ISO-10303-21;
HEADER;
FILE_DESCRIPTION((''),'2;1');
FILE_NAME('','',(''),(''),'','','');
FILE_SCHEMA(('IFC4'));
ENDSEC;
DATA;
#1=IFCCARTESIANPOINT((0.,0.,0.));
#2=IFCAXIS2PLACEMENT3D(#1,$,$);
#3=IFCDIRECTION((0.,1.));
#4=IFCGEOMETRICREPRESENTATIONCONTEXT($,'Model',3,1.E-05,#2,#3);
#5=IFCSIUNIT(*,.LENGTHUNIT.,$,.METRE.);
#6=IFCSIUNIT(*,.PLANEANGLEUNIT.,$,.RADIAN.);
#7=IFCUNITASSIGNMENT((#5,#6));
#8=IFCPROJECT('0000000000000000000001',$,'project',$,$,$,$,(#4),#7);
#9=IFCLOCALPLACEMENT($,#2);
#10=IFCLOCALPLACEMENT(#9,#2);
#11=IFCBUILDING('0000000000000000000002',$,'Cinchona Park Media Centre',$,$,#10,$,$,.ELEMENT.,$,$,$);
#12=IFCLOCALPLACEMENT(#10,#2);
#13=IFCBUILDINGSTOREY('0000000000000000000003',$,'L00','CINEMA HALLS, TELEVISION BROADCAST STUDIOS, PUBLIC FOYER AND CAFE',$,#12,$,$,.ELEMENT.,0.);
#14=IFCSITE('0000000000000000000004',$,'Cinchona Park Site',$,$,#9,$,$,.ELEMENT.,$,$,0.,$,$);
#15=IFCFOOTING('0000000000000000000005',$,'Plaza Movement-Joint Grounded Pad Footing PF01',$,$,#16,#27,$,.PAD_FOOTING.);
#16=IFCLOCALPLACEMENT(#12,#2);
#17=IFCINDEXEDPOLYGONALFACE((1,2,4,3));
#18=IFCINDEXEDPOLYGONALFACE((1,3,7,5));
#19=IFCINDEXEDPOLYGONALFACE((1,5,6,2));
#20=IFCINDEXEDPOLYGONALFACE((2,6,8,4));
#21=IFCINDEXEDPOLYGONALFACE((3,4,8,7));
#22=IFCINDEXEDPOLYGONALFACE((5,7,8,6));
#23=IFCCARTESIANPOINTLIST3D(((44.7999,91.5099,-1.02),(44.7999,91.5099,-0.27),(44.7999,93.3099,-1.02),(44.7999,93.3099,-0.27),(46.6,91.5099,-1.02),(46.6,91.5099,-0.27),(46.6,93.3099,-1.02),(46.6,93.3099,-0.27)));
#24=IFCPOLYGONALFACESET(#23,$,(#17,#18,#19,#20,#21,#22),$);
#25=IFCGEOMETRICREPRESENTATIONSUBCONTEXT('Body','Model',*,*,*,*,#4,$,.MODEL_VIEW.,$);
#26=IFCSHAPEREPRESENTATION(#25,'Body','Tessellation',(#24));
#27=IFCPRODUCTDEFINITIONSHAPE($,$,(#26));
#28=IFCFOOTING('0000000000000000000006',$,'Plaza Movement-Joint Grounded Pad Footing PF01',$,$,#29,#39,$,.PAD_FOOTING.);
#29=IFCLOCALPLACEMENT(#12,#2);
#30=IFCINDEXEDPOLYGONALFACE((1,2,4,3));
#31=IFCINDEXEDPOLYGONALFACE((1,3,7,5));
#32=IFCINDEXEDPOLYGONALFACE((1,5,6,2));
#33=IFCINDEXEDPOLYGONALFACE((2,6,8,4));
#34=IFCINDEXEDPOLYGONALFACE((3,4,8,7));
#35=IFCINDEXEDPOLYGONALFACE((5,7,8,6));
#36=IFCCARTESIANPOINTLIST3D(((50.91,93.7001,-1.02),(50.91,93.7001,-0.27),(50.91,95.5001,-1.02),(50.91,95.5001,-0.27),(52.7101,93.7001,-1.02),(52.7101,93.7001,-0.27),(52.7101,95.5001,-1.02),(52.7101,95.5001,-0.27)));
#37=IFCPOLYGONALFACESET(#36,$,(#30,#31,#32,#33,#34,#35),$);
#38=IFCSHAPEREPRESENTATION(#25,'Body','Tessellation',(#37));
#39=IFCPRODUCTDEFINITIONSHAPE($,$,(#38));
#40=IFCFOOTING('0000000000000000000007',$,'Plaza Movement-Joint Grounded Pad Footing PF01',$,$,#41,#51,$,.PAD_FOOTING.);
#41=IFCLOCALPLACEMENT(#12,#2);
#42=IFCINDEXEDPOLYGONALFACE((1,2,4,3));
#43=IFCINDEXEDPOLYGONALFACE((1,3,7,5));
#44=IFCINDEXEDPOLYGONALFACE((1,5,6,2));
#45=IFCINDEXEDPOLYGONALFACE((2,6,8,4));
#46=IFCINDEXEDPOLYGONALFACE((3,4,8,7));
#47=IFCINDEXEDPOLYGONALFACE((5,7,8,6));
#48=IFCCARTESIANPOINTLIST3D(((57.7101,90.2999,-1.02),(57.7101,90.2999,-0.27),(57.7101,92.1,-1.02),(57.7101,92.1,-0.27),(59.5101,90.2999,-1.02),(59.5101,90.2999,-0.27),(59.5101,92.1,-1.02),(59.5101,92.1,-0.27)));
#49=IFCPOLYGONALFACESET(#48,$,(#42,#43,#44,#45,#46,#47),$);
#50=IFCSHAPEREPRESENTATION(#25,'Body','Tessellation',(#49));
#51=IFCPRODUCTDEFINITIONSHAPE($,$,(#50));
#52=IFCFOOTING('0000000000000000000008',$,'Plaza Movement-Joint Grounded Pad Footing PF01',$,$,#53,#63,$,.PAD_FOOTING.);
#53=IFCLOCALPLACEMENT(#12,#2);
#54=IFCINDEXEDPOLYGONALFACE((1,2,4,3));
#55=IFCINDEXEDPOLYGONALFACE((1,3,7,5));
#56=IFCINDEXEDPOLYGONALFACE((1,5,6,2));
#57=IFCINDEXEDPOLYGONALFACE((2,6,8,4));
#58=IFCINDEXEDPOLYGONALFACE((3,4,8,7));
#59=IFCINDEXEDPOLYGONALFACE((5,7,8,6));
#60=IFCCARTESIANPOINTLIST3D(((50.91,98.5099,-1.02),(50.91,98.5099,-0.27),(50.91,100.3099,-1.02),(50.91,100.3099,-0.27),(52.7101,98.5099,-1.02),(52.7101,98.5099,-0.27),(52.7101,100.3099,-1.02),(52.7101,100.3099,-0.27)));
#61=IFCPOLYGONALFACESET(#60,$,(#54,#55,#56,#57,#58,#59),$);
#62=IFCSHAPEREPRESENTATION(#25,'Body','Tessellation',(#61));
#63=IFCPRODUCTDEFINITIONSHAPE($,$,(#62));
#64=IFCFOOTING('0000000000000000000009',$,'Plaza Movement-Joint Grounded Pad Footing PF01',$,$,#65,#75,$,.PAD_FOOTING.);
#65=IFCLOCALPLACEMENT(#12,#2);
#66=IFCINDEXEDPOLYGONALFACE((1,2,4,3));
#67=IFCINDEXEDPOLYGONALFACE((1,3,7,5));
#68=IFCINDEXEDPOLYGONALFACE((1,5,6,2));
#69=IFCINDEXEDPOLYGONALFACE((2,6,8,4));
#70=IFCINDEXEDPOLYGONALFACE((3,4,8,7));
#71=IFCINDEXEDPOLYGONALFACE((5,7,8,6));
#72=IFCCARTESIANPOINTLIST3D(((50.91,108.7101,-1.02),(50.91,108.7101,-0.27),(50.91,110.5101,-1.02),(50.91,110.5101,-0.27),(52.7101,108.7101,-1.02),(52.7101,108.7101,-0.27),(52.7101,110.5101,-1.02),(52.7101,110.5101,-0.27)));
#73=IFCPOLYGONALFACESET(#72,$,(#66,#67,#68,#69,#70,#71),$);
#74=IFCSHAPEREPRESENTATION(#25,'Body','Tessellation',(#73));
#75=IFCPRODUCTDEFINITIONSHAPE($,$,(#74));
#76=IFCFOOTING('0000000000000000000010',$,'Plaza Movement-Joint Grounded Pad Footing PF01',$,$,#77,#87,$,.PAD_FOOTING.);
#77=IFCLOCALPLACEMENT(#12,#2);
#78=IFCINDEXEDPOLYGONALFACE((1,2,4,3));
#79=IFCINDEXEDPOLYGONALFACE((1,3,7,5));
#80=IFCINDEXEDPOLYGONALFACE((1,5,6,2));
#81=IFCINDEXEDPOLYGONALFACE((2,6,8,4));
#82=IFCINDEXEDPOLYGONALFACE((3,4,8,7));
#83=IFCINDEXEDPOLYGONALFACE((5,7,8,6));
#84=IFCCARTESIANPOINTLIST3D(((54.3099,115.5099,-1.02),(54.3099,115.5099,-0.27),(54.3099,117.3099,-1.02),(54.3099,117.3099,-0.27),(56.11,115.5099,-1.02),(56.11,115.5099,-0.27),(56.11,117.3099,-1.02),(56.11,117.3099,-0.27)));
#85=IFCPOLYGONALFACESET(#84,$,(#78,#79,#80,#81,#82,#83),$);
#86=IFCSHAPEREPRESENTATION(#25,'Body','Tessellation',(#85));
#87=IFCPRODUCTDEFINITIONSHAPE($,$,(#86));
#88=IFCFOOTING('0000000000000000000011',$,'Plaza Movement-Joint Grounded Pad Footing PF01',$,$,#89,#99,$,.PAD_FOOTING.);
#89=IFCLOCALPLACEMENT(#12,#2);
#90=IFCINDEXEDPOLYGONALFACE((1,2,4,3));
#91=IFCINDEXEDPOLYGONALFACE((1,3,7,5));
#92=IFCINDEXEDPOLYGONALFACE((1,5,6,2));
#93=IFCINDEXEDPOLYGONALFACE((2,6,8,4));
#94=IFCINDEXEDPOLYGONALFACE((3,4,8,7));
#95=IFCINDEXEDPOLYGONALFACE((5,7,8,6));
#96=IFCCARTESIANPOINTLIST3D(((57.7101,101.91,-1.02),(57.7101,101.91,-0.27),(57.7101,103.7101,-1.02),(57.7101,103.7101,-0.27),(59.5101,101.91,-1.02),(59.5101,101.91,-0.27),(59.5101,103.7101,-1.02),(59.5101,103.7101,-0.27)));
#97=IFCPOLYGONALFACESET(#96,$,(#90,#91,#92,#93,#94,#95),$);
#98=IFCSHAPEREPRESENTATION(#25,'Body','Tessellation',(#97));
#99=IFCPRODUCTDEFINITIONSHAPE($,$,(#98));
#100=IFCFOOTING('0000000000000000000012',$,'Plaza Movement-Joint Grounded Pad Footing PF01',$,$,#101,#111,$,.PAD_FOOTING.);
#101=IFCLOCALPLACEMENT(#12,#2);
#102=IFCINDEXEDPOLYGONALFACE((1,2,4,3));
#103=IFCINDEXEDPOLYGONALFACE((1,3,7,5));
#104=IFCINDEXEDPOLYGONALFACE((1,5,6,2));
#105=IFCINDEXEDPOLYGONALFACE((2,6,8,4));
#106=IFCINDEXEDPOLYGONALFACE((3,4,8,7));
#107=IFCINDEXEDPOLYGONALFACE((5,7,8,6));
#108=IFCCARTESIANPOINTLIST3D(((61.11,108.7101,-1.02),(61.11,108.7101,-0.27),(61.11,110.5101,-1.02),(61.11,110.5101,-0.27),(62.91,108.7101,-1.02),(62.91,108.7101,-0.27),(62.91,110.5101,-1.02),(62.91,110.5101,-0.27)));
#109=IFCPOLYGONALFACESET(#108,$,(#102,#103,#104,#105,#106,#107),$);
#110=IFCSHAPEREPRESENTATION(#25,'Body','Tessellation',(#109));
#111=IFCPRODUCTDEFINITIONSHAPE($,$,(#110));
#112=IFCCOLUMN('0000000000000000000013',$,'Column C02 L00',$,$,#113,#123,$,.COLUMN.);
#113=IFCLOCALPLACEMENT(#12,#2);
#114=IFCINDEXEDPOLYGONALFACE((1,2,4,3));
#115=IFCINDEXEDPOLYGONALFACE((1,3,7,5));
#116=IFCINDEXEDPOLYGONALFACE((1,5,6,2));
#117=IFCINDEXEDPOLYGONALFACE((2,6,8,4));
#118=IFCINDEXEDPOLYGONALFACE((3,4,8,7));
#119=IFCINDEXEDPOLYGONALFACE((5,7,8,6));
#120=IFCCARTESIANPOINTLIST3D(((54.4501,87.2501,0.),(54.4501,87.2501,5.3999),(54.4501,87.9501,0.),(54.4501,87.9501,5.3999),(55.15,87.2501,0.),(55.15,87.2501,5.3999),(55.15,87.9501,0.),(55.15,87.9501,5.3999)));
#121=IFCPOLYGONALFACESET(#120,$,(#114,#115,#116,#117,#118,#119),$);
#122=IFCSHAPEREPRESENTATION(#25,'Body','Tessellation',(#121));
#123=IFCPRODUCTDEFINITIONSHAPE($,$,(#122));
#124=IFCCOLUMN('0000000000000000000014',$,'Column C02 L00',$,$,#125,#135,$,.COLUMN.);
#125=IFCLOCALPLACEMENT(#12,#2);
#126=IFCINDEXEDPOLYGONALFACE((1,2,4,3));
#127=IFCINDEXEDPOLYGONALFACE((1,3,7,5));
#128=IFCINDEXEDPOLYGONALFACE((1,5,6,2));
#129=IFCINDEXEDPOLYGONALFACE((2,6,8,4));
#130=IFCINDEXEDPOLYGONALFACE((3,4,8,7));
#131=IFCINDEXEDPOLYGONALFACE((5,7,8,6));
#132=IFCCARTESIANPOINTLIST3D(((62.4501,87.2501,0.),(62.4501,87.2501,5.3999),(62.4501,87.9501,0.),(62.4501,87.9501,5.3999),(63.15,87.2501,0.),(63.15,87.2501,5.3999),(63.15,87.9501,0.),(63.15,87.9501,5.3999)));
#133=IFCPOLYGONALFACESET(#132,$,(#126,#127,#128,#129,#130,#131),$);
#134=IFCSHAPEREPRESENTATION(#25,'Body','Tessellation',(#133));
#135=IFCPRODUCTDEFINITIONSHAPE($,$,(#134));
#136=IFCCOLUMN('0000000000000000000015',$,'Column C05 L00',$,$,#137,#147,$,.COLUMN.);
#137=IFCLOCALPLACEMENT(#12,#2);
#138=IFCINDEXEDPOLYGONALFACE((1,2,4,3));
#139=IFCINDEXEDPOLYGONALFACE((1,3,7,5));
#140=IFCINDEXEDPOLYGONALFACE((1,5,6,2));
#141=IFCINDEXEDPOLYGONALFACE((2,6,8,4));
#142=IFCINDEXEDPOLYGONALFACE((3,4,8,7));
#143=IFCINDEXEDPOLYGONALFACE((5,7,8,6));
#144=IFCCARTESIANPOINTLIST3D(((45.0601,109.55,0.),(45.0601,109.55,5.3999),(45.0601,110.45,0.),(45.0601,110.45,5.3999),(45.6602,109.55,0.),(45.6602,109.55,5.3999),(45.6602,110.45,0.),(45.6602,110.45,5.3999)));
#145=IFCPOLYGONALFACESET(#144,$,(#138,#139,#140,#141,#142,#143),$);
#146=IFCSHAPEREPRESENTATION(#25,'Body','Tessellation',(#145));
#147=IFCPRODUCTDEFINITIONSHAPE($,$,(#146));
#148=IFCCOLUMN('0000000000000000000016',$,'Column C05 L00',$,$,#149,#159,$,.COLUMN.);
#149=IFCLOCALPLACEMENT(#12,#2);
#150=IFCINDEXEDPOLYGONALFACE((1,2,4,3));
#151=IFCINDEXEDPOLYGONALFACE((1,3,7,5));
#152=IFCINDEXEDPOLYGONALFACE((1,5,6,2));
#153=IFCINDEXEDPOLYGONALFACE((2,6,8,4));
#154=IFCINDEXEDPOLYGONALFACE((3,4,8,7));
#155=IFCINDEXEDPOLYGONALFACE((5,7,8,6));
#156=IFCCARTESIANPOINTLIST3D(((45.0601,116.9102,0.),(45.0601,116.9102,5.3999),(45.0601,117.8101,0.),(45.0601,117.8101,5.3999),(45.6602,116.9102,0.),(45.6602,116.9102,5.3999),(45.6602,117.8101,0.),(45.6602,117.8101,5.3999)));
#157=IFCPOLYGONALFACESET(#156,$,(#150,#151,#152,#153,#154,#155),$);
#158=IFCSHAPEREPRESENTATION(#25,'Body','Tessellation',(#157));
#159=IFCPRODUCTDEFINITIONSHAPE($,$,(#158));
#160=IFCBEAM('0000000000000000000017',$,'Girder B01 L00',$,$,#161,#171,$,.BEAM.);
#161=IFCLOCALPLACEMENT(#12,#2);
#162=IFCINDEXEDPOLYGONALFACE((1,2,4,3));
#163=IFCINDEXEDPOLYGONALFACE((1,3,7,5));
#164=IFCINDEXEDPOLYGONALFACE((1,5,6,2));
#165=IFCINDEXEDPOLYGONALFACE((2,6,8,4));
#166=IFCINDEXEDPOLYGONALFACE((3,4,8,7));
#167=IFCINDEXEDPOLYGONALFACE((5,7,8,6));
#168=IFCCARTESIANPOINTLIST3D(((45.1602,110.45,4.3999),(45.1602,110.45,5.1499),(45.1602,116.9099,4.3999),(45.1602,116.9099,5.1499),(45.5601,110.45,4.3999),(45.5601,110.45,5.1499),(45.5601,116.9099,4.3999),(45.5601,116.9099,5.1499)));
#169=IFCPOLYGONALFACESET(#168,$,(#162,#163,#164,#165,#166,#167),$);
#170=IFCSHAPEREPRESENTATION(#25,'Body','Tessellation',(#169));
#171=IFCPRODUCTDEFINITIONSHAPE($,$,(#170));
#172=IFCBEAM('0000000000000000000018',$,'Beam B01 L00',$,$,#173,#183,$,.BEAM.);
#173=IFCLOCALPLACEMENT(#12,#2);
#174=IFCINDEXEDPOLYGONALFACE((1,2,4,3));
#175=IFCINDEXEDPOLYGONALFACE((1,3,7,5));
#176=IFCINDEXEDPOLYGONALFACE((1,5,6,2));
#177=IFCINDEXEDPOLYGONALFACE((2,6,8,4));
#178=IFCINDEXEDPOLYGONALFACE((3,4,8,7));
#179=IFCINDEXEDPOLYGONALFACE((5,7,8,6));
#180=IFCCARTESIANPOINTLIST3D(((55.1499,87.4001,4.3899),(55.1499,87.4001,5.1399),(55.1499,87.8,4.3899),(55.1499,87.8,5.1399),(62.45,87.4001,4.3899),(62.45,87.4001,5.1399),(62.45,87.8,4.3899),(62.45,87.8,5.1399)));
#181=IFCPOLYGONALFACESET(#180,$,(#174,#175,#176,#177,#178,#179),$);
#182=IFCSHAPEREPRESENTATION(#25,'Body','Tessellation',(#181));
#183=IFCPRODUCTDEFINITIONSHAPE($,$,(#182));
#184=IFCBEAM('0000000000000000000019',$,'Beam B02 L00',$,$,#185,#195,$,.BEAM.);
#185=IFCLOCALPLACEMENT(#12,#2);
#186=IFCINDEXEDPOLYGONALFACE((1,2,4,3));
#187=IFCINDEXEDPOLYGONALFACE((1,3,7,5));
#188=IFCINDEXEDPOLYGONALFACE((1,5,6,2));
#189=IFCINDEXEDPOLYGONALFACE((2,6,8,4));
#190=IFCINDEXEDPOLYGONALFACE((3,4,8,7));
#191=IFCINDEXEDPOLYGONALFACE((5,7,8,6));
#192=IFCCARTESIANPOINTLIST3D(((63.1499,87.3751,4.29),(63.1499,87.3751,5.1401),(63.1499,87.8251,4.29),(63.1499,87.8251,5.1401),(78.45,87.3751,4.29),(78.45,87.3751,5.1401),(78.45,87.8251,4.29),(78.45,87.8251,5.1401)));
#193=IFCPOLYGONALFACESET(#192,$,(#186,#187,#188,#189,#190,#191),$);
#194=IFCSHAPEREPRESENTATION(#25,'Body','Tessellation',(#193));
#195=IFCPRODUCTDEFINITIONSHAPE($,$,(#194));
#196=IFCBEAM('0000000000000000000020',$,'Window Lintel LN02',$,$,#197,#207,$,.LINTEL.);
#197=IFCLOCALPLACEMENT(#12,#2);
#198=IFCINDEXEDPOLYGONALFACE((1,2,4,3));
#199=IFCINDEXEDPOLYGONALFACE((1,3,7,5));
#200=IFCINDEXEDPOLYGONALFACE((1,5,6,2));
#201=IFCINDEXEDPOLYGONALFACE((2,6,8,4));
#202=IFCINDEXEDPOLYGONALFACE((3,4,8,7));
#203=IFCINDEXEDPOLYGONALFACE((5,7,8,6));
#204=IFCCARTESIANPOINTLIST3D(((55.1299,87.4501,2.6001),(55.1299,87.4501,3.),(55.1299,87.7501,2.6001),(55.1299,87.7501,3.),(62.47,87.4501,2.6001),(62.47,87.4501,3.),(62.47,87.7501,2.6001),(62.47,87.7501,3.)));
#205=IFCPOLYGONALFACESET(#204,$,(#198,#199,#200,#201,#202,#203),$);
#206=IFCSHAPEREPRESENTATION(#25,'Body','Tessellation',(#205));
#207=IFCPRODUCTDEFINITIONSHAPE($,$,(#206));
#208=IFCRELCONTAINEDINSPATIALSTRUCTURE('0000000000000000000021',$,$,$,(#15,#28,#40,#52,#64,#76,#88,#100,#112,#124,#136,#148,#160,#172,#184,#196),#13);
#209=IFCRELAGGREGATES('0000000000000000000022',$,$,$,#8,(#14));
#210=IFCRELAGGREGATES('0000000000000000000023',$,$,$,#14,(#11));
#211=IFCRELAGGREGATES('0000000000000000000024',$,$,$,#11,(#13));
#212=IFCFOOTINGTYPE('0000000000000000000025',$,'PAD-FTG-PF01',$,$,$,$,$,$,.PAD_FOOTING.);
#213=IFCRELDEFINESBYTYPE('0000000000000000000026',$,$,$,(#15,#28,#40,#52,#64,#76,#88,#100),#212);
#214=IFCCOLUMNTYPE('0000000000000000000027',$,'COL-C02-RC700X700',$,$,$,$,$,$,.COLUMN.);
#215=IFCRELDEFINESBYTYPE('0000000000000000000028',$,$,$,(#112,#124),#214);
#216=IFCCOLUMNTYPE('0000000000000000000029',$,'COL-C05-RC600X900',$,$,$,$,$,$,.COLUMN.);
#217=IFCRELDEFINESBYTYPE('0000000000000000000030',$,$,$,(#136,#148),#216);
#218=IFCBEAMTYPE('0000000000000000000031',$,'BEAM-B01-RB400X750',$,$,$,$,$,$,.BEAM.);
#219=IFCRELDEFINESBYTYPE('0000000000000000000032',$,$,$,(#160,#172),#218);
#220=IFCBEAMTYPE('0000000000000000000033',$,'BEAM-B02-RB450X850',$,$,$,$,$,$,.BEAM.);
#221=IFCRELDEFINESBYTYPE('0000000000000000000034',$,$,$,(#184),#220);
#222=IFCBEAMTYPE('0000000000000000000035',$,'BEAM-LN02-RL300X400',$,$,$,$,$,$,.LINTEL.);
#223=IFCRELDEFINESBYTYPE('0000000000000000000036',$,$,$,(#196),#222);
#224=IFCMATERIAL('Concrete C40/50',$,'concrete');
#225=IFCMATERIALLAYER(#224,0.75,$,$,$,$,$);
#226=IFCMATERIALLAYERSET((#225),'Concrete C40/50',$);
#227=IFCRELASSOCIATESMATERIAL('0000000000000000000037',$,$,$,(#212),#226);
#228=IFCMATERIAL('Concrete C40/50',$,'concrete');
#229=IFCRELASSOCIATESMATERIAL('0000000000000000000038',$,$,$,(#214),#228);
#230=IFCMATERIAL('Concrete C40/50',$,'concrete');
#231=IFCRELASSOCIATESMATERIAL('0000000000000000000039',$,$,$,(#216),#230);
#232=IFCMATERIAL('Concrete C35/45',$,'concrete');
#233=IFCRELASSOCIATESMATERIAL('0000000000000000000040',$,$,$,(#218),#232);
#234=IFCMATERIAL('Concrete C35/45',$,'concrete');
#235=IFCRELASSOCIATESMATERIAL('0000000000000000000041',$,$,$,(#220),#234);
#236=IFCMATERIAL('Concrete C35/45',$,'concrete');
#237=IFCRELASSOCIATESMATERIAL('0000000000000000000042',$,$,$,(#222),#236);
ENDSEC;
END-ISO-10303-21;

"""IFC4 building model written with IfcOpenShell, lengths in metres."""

from ifc_helpers import new_model, si_unit, direction, frame, origin, origin_2d, place, context, subcontext, project, spatial, rectangle, extrude, material, layer, layer_set, material_profile, profile_set, type_object, element, save


model = new_model("IFC4")

# Units and contexts
model_context = context("Model", 3, precision=1e-05, world=origin(), true_north=direction((0.0, 1.0)))
body_context = subcontext(model_context, "Body", "Model", "MODEL_VIEW")
ifc_project = project(units=[si_unit("LENGTHUNIT", "METRE"), si_unit("PLANEANGLEUNIT", "RADIAN")], contexts=[model_context])

# Site, building, storey
site_placement = place(None, origin())
site = spatial("IfcSite", under=ifc_project, at=site_placement, Name="Cinchona Park Site", CompositionType="ELEMENT", RefElevation=0.0)
building_placement = place(site_placement, origin())
building = spatial("IfcBuilding", under=site, at=building_placement, Name="Cinchona Park Media Centre", CompositionType="ELEMENT")
storey_placement = place(building_placement, origin())
storey = spatial("IfcBuildingStorey", under=building, at=storey_placement, Name="L00", Description="CINEMA HALLS, TELEVISION BROADCAST STUDIOS, PUBLIC FOYER AND CAFE", CompositionType="ELEMENT", Elevation=0.0)

# Footings
ifc_material_1 = material(Name="Concrete C40/50", Category="concrete")
ifc_layer_1 = layer(ifc_material_1, 0.75)
ifc_layer_set_1 = layer_set([ifc_layer_1], Name="Concrete C40/50")
footing_type = type_object("IfcFootingType", Name="PAD-FTG-PF01", PredefinedType="PAD_FOOTING", material=ifc_layer_set_1)
for number, where, z_axis, x_axis, name in (
    (1, (45.7, 92.4099, -1.02), (0.0, 0.0, 1.0), (1.0, 0.0, 0.0), "Plaza Movement-Joint Grounded Pad Footing PF01"),
    (2, (51.8101, 94.6001, -1.02), (0.0, 0.0, 1.0), (1.0, 0.0, 0.0), "Plaza Movement-Joint Grounded Pad Footing PF01"),
    (3, (58.6101, 91.2, -1.02), (0.0, 0.0, 1.0), (1.0, 0.0, 0.0), "Plaza Movement-Joint Grounded Pad Footing PF01"),
    (4, (51.8101, 99.4099, -1.02), (0.0, 0.0, 1.0), (1.0, 0.0, 0.0), "Plaza Movement-Joint Grounded Pad Footing PF01"),
    (5, (51.8101, 109.6101, -1.02), (0.0, 0.0, 1.0), (1.0, 0.0, 0.0), "Plaza Movement-Joint Grounded Pad Footing PF01"),
    (6, (55.21, 116.4099, -1.02), (0.0, 0.0, 1.0), (1.0, 0.0, 0.0), "Plaza Movement-Joint Grounded Pad Footing PF01"),
    (7, (58.6101, 102.8101, -1.02), (0.0, 0.0, 1.0), (1.0, 0.0, 0.0), "Plaza Movement-Joint Grounded Pad Footing PF01"),
    (8, (62.01, 109.6101, -1.02), (0.0, 0.0, 1.0), (1.0, 0.0, 0.0), "Plaza Movement-Joint Grounded Pad Footing PF01"),
):
    element("IfcFooting", number, at=place(storey_placement, frame(where, z_axis=z_axis, x_axis=x_axis)), inside=storey, type_object=footing_type, Name=name, PredefinedType="PAD_FOOTING", context=body_context, shape_type="SweptSolid", body=[
        extrude(rectangle(XDim=1.8, YDim=1.8, at=origin_2d()), origin(), (0.0, 0.0, 1.0), 0.75),
    ])

# Columns
ifc_material_2 = material(Name="Concrete C40/50", Category="concrete")
ifc_material_profile_1 = material_profile(ifc_material_2, rectangle(XDim=0.7, YDim=0.7, at=origin_2d()), Name="RC 700X700")
ifc_profile_set_1 = profile_set([ifc_material_profile_1], Name="Concrete C40/50")
column_type_1 = type_object("IfcColumnType", Name="COL-C02-RC700X700", PredefinedType="COLUMN", material=ifc_profile_set_1)
for number, where, z_axis, x_axis, name in (
    (9, (54.8, 87.6001, 0.0), (0.0, 0.0, 1.0), (1.0, 0.0, 0.0), "Column C02 L00"),
    (10, (62.8, 87.6001, 0.0), (0.0, 0.0, 1.0), (1.0, 0.0, 0.0), "Column C02 L00"),
):
    element("IfcColumn", number, at=place(storey_placement, frame(where, z_axis=z_axis, x_axis=x_axis)), inside=storey, type_object=column_type_1, Name=name, PredefinedType="COLUMN", context=body_context, shape_type="SweptSolid", body=[
        extrude(rectangle(XDim=0.7, YDim=0.7, at=origin_2d()), origin(), (0.0, 0.0, 1.0), 5.3999),
    ])
ifc_material_3 = material(Name="Concrete C40/50", Category="concrete")
ifc_material_profile_2 = material_profile(ifc_material_3, rectangle(XDim=0.6001, YDim=0.8999, at=origin_2d()), Name="RC 600X900")
ifc_profile_set_2 = profile_set([ifc_material_profile_2], Name="Concrete C40/50")
column_type_2 = type_object("IfcColumnType", Name="COL-C05-RC600X900", PredefinedType="COLUMN", material=ifc_profile_set_2)
for number, where, z_axis, x_axis, name in (
    (11, (45.3601, 110.0, 0.0), (0.0, 0.0, 1.0), (1.0, 0.0, 0.0), "Column C05 L00"),
    (12, (45.3601, 117.3601, 0.0), (0.0, 0.0, 1.0), (1.0, 0.0, 0.0), "Column C05 L00"),
):
    element("IfcColumn", number, at=place(storey_placement, frame(where, z_axis=z_axis, x_axis=x_axis)), inside=storey, type_object=column_type_2, Name=name, PredefinedType="COLUMN", context=body_context, shape_type="SweptSolid", body=[
        extrude(rectangle(XDim=0.6001, YDim=0.8999, at=origin_2d()), origin(), (0.0, 0.0, 1.0), 5.3999),
    ])

# Beams
ifc_material_4 = material(Name="Concrete C35/45", Category="concrete")
ifc_material_profile_3 = material_profile(ifc_material_4, rectangle(XDim=0.3999, YDim=0.75, at=origin_2d()), Name="RB 400X750")
ifc_profile_set_3 = profile_set([ifc_material_profile_3], Name="Concrete C35/45")
beam_type_1 = type_object("IfcBeamType", Name="BEAM-B01-RB400X750", PredefinedType="BEAM", material=ifc_profile_set_3)
beam_1_placement = place(storey_placement, frame((45.3601, 110.45, 4.7749), z_axis=(0.0, 1.0, 0.0), x_axis=(-1.0, 0.0, 0.0)))
element("IfcBeam", 13, at=beam_1_placement, inside=storey, type_object=beam_type_1, Name="Girder B01 L00", PredefinedType="BEAM", context=body_context, shape_type="SweptSolid", body=[
    extrude(rectangle(XDim=0.3999, YDim=0.75, at=origin_2d()), origin(), (0.0, 0.0, 1.0), 6.46),
])
beam_2_placement = place(storey_placement, frame((55.1499, 87.6001, 4.7649), z_axis=(1.0, 0.0, 0.0), x_axis=(0.0, 1.0, 0.0)))
element("IfcBeam", 14, at=beam_2_placement, inside=storey, type_object=beam_type_1, Name="Beam B01 L00", PredefinedType="BEAM", context=body_context, shape_type="SweptSolid", body=[
    extrude(rectangle(XDim=0.3999, YDim=0.75, at=origin_2d()), origin(), (0.0, 0.0, 1.0), 7.3),
])
ifc_material_5 = material(Name="Concrete C35/45", Category="concrete")
ifc_material_profile_4 = material_profile(ifc_material_5, rectangle(XDim=0.45, YDim=0.8501, at=origin_2d()), Name="RB 450X850")
ifc_profile_set_4 = profile_set([ifc_material_profile_4], Name="Concrete C35/45")
beam_type_2 = type_object("IfcBeamType", Name="BEAM-B02-RB450X850", PredefinedType="BEAM", material=ifc_profile_set_4)
beam_3_placement = place(storey_placement, frame((63.1499, 87.6001, 4.7151), z_axis=(1.0, 0.0, 0.0), x_axis=(0.0, 1.0, 0.0)))
element("IfcBeam", 15, at=beam_3_placement, inside=storey, type_object=beam_type_2, Name="Beam B02 L00", PredefinedType="BEAM", context=body_context, shape_type="SweptSolid", body=[
    extrude(rectangle(XDim=0.45, YDim=0.8501, at=origin_2d()), origin(), (0.0, 0.0, 1.0), 15.3),
])
ifc_material_6 = material(Name="Concrete C35/45", Category="concrete")
ifc_material_profile_5 = material_profile(ifc_material_6, rectangle(XDim=0.3, YDim=0.3999, at=origin_2d()), Name="RL 300X400")
ifc_profile_set_5 = profile_set([ifc_material_profile_5], Name="Concrete C35/45")
beam_type_3 = type_object("IfcBeamType", Name="BEAM-LN02-RL300X400", PredefinedType="LINTEL", material=ifc_profile_set_5)
beam_4_placement = place(storey_placement, frame((55.1299, 87.6001, 2.8), z_axis=(1.0, 0.0, 0.0), x_axis=(0.0, 1.0, 0.0)))
element("IfcBeam", 16, at=beam_4_placement, inside=storey, type_object=beam_type_3, Name="Window Lintel LN02", PredefinedType="LINTEL", context=body_context, shape_type="SweptSolid", body=[
    extrude(rectangle(XDim=0.3, YDim=0.3999, at=origin_2d()), origin(), (0.0, 0.0, 1.0), 7.3401),
])

save(model, "model.ifc")
